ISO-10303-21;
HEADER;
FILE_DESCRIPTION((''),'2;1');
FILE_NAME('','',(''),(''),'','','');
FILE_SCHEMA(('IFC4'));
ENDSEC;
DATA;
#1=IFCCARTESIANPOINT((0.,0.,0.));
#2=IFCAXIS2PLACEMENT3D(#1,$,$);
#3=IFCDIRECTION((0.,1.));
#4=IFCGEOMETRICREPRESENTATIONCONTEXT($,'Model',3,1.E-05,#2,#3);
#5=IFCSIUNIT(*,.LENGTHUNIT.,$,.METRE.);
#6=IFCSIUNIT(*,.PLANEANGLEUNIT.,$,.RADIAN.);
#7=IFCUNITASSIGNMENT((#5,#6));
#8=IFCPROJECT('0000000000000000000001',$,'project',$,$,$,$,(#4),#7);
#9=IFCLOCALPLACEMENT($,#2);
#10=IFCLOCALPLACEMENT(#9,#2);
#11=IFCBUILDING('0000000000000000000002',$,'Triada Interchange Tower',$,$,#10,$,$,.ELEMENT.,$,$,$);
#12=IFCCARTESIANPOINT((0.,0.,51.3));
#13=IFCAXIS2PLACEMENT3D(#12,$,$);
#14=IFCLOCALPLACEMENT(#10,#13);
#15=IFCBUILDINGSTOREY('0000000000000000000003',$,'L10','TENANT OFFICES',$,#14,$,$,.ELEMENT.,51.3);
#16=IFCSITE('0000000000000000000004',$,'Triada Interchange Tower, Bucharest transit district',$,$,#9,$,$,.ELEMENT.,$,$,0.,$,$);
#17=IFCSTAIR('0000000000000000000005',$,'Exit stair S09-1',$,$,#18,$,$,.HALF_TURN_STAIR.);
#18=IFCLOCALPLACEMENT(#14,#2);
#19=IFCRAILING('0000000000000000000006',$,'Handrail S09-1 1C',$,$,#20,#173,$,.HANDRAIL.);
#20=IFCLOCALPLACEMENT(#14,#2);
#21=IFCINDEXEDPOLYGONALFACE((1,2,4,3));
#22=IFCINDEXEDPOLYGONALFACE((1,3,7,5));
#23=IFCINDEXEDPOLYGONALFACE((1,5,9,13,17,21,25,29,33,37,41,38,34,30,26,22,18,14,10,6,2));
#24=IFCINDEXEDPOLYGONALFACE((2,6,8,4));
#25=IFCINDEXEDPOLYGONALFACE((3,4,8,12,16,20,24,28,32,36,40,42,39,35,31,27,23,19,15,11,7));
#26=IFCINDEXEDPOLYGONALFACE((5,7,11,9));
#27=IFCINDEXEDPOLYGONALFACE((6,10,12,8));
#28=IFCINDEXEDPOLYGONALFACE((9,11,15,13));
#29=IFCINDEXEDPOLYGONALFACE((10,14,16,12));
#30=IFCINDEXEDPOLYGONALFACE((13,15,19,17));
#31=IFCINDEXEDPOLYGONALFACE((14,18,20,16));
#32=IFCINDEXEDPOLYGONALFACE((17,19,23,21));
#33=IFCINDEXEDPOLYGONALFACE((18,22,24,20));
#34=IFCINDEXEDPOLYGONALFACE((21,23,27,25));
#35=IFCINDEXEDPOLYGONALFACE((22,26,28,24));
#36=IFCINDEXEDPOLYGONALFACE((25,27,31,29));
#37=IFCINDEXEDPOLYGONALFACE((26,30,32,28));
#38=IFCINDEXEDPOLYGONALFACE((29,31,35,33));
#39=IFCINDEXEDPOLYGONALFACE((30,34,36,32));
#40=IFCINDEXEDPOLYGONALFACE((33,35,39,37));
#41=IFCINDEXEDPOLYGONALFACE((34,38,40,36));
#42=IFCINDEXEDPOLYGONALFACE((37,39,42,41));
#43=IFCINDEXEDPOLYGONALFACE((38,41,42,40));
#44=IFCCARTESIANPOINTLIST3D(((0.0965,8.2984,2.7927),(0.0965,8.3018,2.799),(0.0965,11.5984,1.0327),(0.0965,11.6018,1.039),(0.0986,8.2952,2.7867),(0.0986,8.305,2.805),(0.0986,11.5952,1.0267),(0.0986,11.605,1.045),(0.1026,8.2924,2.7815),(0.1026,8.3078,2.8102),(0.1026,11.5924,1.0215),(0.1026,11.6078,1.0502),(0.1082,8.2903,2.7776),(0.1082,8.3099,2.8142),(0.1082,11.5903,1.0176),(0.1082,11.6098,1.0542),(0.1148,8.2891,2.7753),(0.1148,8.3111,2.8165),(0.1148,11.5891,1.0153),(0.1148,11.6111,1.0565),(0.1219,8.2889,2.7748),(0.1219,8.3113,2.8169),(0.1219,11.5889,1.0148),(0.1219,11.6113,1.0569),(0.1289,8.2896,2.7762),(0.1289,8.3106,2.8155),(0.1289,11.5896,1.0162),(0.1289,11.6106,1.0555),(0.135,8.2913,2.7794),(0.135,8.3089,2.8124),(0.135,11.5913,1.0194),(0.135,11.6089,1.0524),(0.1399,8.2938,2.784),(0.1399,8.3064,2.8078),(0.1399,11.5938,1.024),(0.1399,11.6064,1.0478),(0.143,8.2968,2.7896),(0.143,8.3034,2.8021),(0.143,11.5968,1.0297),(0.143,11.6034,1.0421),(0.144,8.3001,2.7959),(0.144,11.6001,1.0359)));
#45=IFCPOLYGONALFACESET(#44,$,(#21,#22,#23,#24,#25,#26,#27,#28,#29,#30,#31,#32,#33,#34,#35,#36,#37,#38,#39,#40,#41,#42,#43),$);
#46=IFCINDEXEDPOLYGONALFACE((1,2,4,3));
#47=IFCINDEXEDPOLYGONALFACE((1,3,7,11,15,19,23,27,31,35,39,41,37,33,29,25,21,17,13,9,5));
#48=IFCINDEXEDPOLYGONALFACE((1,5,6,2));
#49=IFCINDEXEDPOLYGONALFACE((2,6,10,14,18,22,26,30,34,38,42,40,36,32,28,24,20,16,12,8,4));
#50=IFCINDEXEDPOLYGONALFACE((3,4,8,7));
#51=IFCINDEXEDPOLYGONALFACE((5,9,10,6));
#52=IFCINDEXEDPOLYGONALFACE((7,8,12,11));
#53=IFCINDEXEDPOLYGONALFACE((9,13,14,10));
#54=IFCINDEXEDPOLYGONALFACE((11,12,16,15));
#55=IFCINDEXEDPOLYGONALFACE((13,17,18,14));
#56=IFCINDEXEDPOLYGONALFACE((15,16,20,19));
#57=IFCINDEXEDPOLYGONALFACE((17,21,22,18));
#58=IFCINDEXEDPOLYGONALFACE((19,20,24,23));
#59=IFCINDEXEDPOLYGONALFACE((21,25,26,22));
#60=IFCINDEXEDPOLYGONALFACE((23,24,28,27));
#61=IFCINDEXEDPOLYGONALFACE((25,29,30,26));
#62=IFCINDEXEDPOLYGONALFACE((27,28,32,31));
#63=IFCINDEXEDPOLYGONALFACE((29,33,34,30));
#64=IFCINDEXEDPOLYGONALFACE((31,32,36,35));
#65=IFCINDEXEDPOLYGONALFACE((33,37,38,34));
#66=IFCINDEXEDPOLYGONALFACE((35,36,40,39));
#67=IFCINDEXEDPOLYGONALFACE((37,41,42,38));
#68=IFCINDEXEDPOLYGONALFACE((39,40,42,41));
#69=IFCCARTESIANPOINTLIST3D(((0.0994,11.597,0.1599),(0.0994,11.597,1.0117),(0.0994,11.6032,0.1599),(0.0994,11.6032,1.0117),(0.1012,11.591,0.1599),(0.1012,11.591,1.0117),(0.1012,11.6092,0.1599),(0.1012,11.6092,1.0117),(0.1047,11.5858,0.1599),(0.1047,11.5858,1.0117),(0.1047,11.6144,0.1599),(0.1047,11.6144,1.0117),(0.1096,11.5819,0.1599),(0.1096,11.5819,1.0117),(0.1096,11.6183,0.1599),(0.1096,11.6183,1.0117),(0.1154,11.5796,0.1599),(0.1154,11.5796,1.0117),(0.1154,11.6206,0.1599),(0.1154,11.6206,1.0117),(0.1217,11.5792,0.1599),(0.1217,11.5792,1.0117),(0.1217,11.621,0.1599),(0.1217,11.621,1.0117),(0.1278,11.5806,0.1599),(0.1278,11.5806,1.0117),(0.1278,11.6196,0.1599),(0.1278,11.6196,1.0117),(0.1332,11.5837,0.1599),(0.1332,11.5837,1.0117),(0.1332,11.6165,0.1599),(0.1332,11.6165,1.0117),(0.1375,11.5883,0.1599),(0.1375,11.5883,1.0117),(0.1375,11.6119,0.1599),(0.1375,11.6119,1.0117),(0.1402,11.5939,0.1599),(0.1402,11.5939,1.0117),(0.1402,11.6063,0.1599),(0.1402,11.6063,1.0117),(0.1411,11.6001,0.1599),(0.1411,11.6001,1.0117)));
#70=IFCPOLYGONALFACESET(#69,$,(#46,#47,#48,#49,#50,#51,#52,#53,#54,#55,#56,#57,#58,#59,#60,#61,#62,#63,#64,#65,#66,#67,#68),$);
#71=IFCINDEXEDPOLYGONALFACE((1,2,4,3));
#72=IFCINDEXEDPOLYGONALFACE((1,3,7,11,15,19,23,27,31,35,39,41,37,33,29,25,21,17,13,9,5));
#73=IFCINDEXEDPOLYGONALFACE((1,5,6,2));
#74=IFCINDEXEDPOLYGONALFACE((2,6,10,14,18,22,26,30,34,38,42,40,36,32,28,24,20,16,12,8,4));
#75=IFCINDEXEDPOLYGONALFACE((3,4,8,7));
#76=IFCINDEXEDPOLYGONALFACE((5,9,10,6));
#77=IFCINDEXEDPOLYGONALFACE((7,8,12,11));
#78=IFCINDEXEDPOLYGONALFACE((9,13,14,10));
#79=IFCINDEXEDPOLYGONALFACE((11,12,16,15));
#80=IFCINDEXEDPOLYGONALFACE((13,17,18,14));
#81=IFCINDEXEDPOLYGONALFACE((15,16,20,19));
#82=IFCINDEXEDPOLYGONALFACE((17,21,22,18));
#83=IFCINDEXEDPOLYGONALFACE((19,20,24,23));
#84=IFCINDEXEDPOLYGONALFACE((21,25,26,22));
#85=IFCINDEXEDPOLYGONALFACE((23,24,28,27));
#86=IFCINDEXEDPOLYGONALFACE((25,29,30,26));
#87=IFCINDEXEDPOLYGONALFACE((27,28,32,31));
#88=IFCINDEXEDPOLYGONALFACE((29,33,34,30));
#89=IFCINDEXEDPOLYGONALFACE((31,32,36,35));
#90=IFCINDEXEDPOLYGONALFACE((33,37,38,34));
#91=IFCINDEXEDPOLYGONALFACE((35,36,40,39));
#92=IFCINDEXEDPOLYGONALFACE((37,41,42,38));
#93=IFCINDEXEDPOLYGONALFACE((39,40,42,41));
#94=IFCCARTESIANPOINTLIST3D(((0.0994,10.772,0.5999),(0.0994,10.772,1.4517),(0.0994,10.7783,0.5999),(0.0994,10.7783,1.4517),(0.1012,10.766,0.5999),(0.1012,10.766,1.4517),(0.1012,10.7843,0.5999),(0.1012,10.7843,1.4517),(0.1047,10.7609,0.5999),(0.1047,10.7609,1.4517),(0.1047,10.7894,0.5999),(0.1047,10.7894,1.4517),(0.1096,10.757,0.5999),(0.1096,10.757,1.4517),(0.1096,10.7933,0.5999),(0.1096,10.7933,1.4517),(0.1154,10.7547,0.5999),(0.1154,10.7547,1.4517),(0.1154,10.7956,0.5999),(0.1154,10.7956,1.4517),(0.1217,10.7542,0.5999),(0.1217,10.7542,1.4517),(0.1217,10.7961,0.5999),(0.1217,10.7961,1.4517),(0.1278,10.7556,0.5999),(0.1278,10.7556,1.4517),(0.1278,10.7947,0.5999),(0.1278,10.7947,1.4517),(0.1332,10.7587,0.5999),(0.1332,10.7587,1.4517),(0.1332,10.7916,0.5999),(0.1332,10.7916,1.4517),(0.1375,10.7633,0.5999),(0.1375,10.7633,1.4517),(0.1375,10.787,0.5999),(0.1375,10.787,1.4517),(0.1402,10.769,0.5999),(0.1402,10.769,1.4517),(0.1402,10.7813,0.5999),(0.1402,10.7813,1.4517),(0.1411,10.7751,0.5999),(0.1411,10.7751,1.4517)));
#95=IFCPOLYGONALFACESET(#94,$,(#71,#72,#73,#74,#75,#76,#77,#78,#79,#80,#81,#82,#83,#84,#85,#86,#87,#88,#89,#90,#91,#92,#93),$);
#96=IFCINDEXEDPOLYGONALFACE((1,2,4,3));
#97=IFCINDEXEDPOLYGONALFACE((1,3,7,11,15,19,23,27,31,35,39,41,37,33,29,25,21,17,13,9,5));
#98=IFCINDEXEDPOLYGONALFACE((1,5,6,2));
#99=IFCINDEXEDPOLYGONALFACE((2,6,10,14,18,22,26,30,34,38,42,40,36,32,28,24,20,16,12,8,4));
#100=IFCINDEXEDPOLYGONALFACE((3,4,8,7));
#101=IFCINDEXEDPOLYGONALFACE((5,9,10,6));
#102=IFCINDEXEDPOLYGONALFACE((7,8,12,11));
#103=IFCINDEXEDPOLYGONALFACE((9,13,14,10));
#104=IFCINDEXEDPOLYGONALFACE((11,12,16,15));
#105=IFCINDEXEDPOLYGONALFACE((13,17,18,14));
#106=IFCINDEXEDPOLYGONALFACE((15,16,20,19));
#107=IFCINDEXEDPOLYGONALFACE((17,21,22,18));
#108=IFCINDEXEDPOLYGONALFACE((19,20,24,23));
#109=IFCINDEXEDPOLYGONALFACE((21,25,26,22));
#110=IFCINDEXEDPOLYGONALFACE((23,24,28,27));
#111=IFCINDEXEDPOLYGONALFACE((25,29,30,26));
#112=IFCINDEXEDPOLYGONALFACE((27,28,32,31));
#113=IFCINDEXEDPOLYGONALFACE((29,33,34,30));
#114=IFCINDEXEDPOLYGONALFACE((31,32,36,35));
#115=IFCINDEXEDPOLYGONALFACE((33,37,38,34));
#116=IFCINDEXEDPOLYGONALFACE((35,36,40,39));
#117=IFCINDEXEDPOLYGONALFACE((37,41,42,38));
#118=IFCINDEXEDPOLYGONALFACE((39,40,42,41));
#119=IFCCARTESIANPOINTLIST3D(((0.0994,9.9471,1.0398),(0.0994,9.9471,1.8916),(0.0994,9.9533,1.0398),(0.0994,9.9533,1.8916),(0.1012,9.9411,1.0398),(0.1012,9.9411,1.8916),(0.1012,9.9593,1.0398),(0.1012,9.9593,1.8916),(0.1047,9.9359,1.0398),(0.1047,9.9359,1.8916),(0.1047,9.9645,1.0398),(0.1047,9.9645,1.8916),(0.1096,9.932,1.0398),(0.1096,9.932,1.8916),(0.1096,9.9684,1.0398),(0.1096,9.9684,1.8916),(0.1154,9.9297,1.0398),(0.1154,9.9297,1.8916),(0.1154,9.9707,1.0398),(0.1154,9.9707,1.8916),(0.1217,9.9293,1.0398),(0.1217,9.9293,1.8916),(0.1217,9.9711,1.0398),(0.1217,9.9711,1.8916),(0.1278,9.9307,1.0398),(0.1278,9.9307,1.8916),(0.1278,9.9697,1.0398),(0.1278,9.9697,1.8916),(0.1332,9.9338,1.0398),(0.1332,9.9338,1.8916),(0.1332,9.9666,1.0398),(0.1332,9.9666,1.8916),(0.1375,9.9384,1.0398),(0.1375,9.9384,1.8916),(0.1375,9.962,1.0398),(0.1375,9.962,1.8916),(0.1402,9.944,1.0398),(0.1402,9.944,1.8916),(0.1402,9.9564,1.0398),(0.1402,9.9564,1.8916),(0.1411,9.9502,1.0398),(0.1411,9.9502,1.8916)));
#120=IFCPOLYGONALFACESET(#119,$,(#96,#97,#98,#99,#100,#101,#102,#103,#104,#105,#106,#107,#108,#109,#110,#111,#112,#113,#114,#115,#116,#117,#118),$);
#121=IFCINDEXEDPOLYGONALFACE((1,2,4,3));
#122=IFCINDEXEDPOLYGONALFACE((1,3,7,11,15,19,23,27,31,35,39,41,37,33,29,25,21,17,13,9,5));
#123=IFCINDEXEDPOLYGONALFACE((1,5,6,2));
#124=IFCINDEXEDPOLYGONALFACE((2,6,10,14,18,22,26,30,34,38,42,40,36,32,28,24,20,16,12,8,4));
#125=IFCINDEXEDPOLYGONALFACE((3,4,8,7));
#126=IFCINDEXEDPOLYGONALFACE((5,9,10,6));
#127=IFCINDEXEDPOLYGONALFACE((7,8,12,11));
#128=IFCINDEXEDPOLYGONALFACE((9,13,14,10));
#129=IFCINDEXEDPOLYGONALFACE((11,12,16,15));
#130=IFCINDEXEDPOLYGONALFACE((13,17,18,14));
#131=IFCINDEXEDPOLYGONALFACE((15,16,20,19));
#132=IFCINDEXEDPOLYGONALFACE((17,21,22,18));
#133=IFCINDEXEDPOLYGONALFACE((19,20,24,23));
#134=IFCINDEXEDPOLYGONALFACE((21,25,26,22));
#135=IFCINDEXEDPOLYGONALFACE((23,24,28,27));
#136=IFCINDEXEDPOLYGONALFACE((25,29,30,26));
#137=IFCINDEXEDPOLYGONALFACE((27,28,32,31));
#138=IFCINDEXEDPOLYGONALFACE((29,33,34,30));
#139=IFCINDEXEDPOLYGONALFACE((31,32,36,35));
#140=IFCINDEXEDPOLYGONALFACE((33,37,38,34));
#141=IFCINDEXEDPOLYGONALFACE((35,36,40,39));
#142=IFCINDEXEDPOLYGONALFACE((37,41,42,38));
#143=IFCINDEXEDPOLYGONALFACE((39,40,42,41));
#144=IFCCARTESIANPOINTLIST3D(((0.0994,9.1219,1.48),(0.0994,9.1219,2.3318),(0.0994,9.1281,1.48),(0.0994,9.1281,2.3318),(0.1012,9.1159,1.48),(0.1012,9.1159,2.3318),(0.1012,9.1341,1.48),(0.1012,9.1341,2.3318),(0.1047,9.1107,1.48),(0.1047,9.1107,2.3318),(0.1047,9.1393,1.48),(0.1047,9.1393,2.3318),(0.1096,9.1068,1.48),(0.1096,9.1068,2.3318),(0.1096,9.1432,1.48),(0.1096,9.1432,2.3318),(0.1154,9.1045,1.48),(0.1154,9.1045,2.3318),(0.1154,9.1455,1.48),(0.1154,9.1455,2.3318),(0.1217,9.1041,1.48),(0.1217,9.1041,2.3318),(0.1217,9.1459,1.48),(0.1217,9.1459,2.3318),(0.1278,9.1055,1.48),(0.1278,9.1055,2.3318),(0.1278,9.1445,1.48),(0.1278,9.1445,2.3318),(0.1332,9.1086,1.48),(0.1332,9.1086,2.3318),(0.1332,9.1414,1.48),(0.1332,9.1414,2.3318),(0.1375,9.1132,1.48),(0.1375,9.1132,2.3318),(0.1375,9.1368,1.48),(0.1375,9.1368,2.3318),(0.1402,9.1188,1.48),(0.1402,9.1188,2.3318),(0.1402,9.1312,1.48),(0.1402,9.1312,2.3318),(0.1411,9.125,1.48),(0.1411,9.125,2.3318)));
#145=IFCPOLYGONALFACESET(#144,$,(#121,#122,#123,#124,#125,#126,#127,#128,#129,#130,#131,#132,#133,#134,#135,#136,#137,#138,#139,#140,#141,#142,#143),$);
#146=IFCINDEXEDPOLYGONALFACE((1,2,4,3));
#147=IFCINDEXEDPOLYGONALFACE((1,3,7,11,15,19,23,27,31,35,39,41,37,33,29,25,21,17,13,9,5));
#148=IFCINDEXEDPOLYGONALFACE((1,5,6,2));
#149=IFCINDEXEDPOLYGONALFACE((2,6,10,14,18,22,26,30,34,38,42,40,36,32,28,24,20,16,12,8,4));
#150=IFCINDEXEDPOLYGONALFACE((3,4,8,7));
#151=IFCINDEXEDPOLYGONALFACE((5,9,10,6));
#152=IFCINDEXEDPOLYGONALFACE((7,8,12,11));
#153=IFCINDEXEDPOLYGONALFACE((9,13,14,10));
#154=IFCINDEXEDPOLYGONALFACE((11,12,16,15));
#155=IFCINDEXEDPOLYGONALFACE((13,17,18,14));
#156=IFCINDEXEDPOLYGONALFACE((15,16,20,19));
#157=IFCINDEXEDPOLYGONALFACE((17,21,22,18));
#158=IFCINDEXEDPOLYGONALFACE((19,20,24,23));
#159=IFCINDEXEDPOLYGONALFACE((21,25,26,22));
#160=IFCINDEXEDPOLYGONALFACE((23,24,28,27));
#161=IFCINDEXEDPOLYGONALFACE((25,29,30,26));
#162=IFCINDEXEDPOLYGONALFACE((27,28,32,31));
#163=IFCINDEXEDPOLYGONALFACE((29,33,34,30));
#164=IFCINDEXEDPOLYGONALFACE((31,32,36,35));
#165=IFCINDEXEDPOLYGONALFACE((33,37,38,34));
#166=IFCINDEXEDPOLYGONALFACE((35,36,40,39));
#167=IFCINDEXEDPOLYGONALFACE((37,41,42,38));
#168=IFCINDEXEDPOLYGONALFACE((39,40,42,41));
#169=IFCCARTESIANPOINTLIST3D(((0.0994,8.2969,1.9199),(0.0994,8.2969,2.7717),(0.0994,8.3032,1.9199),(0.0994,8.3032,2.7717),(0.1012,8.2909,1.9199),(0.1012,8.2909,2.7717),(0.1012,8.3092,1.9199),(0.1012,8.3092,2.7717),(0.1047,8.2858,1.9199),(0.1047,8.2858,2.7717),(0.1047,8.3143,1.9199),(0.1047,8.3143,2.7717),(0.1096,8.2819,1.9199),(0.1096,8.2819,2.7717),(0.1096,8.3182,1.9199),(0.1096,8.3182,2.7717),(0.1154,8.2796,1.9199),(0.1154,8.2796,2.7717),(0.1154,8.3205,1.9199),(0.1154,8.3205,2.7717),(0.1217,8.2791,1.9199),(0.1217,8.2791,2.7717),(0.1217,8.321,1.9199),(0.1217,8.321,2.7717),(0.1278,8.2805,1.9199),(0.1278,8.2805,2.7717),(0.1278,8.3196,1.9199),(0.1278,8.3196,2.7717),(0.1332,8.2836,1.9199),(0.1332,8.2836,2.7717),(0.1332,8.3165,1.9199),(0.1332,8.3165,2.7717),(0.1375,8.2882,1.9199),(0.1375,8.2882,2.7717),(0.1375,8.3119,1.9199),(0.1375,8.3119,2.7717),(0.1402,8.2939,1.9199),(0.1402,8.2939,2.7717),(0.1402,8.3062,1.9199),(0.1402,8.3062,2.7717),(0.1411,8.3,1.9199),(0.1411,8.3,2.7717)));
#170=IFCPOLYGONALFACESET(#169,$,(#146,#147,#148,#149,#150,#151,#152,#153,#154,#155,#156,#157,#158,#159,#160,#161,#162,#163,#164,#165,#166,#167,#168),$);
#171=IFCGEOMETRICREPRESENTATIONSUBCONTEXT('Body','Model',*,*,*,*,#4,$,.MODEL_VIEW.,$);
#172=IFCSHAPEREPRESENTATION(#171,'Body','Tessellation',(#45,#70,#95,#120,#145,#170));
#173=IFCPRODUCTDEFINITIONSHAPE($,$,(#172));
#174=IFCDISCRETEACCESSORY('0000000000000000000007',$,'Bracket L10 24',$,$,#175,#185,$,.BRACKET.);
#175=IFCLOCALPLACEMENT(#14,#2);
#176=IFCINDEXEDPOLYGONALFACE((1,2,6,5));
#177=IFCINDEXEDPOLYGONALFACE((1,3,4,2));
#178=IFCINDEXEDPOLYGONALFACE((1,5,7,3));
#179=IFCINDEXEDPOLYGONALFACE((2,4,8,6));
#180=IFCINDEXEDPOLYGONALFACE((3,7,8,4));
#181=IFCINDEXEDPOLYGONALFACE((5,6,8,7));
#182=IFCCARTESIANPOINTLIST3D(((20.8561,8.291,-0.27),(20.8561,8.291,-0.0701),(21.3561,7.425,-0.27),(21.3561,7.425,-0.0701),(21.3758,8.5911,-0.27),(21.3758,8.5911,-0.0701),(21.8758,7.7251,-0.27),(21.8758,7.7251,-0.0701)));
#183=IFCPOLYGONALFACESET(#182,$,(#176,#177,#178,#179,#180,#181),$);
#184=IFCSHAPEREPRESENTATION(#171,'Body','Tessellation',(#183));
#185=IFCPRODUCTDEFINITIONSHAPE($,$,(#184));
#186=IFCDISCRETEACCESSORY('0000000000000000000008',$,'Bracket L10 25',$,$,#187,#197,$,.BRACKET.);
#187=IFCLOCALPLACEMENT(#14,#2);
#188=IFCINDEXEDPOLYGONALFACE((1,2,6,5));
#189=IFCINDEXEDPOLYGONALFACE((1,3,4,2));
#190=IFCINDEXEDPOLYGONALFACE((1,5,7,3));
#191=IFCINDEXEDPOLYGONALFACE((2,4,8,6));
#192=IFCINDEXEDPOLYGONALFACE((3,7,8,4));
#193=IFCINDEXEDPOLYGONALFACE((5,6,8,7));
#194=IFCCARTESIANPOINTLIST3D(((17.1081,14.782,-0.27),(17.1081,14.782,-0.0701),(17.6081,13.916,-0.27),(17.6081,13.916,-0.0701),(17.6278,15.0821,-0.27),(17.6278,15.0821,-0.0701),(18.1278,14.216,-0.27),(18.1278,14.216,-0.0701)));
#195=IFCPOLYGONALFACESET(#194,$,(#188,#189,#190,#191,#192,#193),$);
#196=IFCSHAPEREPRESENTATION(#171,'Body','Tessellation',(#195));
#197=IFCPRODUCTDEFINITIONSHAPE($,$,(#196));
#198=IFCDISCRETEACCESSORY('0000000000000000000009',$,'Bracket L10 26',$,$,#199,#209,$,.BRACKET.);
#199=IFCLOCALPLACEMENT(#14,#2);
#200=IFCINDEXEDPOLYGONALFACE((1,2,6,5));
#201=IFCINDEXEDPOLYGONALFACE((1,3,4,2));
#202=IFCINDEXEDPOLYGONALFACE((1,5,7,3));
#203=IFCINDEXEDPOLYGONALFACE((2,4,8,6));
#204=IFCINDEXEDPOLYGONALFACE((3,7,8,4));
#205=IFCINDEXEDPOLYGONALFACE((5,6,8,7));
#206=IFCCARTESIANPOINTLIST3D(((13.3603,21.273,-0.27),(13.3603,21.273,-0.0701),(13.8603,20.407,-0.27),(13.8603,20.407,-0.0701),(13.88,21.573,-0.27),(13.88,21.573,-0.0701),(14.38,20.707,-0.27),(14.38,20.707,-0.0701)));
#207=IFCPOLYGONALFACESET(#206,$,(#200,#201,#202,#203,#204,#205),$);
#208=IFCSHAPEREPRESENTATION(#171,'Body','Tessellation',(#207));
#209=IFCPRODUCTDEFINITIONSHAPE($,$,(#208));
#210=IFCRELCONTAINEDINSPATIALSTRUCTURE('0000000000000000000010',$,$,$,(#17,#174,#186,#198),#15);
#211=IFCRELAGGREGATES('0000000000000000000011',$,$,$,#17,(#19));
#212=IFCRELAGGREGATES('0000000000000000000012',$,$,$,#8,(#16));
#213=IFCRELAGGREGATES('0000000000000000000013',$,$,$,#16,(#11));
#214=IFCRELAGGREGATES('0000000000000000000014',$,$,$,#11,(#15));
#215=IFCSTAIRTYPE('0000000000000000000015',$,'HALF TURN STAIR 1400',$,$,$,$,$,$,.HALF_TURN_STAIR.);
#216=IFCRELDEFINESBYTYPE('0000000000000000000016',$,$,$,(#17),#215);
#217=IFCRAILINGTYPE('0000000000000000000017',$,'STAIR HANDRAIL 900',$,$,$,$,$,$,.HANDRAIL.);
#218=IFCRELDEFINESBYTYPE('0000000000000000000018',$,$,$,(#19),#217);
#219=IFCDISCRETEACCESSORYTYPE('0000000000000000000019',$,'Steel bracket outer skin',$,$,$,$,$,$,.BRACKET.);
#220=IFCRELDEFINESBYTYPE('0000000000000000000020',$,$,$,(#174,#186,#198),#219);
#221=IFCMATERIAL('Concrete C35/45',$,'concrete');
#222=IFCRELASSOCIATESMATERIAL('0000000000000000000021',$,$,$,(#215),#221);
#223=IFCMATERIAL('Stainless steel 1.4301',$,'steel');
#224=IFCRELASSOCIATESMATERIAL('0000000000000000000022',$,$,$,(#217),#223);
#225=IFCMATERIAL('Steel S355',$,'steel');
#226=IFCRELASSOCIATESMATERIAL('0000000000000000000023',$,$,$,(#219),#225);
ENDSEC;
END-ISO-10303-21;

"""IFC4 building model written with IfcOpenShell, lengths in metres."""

from ifc_helpers import new_model, si_unit, direction, frame, origin, origin_2d, place, context, subcontext, project, spatial, rectangle, circle, extrude, material, type_object, element, aggregate, save


model = new_model("IFC4")

# Units and contexts
model_context = context("Model", 3, precision=1e-05, world=origin(), true_north=direction((0.0, 1.0)))
body_context = subcontext(model_context, "Body", "Model", "MODEL_VIEW")
ifc_project = project(units=[si_unit("LENGTHUNIT", "METRE"), si_unit("PLANEANGLEUNIT", "RADIAN")], contexts=[model_context])

# Site, building, storey
site_placement = place(None, origin())
site = spatial("IfcSite", under=ifc_project, at=site_placement, Name="Triada Interchange Tower, Bucharest transit district", CompositionType="ELEMENT", RefElevation=0.0)
building_placement = place(site_placement, origin())
building = spatial("IfcBuilding", under=site, at=building_placement, Name="Triada Interchange Tower", CompositionType="ELEMENT")
storey_placement = place(building_placement, frame((0.0, 0.0, 51.3)))
storey = spatial("IfcBuildingStorey", under=building, at=storey_placement, Name="L10", Description="TENANT OFFICES", CompositionType="ELEMENT", Elevation=51.3)

# Stair
ifc_material_1 = material(Name="Concrete C35/45", Category="concrete")
stair_type = type_object("IfcStairType", Name="HALF TURN STAIR 1400", PredefinedType="HALF_TURN_STAIR", material=ifc_material_1)
stair_placement = place(storey_placement, origin())
stair = element("IfcStair", 1, at=stair_placement, inside=storey, type_object=stair_type, Name="Exit stair S09-1", PredefinedType="HALF_TURN_STAIR")

# Railing
ifc_material_2 = material(Name="Stainless steel 1.4301", Category="steel")
railing_type = type_object("IfcRailingType", Name="STAIR HANDRAIL 900", PredefinedType="HANDRAIL", material=ifc_material_2)
railing_1_placement = place(storey_placement, frame((0.1201, 11.6001, 0.1599)))
railing_1 = element("IfcRailing", 2, at=railing_1_placement, type_object=railing_type, Name="Handrail S09-1 1C", PredefinedType="HANDRAIL", context=body_context, shape_type="SweptSolid", body=[
    extrude(circle(Radius=0.0239, at=origin_2d()), frame((0.0, 0.0, 0.876), z_axis=(0.0, -0.882355, 0.470585), x_axis=(1.0, 0.0, 0.0)), (0.0, 0.0, 1.0), 3.74),
    extrude(circle(Radius=0.021, at=origin_2d()), origin(), (0.0, 0.0, 1.0), 0.8518),
    extrude(circle(Radius=0.021, at=origin_2d()), frame((0.0, -0.825, 0.4399)), (0.0, 0.0, 1.0), 0.8518),
    extrude(circle(Radius=0.021, at=origin_2d()), frame((0.0, -1.6499, 0.8799)), (0.0, 0.0, 1.0), 0.8518),
    extrude(circle(Radius=0.021, at=origin_2d()), frame((0.0, -2.4751, 1.3201)), (0.0, 0.0, 1.0), 0.8518),
    extrude(circle(Radius=0.021, at=origin_2d()), frame((0.0, -3.3, 1.76)), (0.0, 0.0, 1.0), 0.8518),
])
aggregate(stair, [railing_1])

# Discrete accessories
ifc_material_3 = material(Name="Steel S355", Category="steel")
discrete_accessory_type = type_object("IfcDiscreteAccessoryType", Name="Steel bracket outer skin", PredefinedType="BRACKET", material=ifc_material_3)
for number, where, z_axis, x_axis, name in (
    (3, (21.366, 8.0081, -0.27), (0.0, 0.0, 1.0), (0.866026, 0.499999, 0.0), "Bracket L10 24"),
    (4, (17.6179, 14.499, -0.27), (0.0, 0.0, 1.0), (0.866026, 0.499999, 0.0), "Bracket L10 25"),
    (5, (13.8701, 20.99, -0.27), (0.0, 0.0, 1.0), (0.866026, 0.499999, 0.0), "Bracket L10 26"),
):
    element("IfcDiscreteAccessory", number, at=place(storey_placement, frame(where, z_axis=z_axis, x_axis=x_axis)), inside=storey, type_object=discrete_accessory_type, Name=name, PredefinedType="BRACKET", context=body_context, shape_type="SweptSolid", body=[
        extrude(rectangle(XDim=0.6001, YDim=1.0, at=origin_2d()), origin(), (0.0, 0.0, 1.0), 0.2),
    ])

save(model, "model.ifc")
